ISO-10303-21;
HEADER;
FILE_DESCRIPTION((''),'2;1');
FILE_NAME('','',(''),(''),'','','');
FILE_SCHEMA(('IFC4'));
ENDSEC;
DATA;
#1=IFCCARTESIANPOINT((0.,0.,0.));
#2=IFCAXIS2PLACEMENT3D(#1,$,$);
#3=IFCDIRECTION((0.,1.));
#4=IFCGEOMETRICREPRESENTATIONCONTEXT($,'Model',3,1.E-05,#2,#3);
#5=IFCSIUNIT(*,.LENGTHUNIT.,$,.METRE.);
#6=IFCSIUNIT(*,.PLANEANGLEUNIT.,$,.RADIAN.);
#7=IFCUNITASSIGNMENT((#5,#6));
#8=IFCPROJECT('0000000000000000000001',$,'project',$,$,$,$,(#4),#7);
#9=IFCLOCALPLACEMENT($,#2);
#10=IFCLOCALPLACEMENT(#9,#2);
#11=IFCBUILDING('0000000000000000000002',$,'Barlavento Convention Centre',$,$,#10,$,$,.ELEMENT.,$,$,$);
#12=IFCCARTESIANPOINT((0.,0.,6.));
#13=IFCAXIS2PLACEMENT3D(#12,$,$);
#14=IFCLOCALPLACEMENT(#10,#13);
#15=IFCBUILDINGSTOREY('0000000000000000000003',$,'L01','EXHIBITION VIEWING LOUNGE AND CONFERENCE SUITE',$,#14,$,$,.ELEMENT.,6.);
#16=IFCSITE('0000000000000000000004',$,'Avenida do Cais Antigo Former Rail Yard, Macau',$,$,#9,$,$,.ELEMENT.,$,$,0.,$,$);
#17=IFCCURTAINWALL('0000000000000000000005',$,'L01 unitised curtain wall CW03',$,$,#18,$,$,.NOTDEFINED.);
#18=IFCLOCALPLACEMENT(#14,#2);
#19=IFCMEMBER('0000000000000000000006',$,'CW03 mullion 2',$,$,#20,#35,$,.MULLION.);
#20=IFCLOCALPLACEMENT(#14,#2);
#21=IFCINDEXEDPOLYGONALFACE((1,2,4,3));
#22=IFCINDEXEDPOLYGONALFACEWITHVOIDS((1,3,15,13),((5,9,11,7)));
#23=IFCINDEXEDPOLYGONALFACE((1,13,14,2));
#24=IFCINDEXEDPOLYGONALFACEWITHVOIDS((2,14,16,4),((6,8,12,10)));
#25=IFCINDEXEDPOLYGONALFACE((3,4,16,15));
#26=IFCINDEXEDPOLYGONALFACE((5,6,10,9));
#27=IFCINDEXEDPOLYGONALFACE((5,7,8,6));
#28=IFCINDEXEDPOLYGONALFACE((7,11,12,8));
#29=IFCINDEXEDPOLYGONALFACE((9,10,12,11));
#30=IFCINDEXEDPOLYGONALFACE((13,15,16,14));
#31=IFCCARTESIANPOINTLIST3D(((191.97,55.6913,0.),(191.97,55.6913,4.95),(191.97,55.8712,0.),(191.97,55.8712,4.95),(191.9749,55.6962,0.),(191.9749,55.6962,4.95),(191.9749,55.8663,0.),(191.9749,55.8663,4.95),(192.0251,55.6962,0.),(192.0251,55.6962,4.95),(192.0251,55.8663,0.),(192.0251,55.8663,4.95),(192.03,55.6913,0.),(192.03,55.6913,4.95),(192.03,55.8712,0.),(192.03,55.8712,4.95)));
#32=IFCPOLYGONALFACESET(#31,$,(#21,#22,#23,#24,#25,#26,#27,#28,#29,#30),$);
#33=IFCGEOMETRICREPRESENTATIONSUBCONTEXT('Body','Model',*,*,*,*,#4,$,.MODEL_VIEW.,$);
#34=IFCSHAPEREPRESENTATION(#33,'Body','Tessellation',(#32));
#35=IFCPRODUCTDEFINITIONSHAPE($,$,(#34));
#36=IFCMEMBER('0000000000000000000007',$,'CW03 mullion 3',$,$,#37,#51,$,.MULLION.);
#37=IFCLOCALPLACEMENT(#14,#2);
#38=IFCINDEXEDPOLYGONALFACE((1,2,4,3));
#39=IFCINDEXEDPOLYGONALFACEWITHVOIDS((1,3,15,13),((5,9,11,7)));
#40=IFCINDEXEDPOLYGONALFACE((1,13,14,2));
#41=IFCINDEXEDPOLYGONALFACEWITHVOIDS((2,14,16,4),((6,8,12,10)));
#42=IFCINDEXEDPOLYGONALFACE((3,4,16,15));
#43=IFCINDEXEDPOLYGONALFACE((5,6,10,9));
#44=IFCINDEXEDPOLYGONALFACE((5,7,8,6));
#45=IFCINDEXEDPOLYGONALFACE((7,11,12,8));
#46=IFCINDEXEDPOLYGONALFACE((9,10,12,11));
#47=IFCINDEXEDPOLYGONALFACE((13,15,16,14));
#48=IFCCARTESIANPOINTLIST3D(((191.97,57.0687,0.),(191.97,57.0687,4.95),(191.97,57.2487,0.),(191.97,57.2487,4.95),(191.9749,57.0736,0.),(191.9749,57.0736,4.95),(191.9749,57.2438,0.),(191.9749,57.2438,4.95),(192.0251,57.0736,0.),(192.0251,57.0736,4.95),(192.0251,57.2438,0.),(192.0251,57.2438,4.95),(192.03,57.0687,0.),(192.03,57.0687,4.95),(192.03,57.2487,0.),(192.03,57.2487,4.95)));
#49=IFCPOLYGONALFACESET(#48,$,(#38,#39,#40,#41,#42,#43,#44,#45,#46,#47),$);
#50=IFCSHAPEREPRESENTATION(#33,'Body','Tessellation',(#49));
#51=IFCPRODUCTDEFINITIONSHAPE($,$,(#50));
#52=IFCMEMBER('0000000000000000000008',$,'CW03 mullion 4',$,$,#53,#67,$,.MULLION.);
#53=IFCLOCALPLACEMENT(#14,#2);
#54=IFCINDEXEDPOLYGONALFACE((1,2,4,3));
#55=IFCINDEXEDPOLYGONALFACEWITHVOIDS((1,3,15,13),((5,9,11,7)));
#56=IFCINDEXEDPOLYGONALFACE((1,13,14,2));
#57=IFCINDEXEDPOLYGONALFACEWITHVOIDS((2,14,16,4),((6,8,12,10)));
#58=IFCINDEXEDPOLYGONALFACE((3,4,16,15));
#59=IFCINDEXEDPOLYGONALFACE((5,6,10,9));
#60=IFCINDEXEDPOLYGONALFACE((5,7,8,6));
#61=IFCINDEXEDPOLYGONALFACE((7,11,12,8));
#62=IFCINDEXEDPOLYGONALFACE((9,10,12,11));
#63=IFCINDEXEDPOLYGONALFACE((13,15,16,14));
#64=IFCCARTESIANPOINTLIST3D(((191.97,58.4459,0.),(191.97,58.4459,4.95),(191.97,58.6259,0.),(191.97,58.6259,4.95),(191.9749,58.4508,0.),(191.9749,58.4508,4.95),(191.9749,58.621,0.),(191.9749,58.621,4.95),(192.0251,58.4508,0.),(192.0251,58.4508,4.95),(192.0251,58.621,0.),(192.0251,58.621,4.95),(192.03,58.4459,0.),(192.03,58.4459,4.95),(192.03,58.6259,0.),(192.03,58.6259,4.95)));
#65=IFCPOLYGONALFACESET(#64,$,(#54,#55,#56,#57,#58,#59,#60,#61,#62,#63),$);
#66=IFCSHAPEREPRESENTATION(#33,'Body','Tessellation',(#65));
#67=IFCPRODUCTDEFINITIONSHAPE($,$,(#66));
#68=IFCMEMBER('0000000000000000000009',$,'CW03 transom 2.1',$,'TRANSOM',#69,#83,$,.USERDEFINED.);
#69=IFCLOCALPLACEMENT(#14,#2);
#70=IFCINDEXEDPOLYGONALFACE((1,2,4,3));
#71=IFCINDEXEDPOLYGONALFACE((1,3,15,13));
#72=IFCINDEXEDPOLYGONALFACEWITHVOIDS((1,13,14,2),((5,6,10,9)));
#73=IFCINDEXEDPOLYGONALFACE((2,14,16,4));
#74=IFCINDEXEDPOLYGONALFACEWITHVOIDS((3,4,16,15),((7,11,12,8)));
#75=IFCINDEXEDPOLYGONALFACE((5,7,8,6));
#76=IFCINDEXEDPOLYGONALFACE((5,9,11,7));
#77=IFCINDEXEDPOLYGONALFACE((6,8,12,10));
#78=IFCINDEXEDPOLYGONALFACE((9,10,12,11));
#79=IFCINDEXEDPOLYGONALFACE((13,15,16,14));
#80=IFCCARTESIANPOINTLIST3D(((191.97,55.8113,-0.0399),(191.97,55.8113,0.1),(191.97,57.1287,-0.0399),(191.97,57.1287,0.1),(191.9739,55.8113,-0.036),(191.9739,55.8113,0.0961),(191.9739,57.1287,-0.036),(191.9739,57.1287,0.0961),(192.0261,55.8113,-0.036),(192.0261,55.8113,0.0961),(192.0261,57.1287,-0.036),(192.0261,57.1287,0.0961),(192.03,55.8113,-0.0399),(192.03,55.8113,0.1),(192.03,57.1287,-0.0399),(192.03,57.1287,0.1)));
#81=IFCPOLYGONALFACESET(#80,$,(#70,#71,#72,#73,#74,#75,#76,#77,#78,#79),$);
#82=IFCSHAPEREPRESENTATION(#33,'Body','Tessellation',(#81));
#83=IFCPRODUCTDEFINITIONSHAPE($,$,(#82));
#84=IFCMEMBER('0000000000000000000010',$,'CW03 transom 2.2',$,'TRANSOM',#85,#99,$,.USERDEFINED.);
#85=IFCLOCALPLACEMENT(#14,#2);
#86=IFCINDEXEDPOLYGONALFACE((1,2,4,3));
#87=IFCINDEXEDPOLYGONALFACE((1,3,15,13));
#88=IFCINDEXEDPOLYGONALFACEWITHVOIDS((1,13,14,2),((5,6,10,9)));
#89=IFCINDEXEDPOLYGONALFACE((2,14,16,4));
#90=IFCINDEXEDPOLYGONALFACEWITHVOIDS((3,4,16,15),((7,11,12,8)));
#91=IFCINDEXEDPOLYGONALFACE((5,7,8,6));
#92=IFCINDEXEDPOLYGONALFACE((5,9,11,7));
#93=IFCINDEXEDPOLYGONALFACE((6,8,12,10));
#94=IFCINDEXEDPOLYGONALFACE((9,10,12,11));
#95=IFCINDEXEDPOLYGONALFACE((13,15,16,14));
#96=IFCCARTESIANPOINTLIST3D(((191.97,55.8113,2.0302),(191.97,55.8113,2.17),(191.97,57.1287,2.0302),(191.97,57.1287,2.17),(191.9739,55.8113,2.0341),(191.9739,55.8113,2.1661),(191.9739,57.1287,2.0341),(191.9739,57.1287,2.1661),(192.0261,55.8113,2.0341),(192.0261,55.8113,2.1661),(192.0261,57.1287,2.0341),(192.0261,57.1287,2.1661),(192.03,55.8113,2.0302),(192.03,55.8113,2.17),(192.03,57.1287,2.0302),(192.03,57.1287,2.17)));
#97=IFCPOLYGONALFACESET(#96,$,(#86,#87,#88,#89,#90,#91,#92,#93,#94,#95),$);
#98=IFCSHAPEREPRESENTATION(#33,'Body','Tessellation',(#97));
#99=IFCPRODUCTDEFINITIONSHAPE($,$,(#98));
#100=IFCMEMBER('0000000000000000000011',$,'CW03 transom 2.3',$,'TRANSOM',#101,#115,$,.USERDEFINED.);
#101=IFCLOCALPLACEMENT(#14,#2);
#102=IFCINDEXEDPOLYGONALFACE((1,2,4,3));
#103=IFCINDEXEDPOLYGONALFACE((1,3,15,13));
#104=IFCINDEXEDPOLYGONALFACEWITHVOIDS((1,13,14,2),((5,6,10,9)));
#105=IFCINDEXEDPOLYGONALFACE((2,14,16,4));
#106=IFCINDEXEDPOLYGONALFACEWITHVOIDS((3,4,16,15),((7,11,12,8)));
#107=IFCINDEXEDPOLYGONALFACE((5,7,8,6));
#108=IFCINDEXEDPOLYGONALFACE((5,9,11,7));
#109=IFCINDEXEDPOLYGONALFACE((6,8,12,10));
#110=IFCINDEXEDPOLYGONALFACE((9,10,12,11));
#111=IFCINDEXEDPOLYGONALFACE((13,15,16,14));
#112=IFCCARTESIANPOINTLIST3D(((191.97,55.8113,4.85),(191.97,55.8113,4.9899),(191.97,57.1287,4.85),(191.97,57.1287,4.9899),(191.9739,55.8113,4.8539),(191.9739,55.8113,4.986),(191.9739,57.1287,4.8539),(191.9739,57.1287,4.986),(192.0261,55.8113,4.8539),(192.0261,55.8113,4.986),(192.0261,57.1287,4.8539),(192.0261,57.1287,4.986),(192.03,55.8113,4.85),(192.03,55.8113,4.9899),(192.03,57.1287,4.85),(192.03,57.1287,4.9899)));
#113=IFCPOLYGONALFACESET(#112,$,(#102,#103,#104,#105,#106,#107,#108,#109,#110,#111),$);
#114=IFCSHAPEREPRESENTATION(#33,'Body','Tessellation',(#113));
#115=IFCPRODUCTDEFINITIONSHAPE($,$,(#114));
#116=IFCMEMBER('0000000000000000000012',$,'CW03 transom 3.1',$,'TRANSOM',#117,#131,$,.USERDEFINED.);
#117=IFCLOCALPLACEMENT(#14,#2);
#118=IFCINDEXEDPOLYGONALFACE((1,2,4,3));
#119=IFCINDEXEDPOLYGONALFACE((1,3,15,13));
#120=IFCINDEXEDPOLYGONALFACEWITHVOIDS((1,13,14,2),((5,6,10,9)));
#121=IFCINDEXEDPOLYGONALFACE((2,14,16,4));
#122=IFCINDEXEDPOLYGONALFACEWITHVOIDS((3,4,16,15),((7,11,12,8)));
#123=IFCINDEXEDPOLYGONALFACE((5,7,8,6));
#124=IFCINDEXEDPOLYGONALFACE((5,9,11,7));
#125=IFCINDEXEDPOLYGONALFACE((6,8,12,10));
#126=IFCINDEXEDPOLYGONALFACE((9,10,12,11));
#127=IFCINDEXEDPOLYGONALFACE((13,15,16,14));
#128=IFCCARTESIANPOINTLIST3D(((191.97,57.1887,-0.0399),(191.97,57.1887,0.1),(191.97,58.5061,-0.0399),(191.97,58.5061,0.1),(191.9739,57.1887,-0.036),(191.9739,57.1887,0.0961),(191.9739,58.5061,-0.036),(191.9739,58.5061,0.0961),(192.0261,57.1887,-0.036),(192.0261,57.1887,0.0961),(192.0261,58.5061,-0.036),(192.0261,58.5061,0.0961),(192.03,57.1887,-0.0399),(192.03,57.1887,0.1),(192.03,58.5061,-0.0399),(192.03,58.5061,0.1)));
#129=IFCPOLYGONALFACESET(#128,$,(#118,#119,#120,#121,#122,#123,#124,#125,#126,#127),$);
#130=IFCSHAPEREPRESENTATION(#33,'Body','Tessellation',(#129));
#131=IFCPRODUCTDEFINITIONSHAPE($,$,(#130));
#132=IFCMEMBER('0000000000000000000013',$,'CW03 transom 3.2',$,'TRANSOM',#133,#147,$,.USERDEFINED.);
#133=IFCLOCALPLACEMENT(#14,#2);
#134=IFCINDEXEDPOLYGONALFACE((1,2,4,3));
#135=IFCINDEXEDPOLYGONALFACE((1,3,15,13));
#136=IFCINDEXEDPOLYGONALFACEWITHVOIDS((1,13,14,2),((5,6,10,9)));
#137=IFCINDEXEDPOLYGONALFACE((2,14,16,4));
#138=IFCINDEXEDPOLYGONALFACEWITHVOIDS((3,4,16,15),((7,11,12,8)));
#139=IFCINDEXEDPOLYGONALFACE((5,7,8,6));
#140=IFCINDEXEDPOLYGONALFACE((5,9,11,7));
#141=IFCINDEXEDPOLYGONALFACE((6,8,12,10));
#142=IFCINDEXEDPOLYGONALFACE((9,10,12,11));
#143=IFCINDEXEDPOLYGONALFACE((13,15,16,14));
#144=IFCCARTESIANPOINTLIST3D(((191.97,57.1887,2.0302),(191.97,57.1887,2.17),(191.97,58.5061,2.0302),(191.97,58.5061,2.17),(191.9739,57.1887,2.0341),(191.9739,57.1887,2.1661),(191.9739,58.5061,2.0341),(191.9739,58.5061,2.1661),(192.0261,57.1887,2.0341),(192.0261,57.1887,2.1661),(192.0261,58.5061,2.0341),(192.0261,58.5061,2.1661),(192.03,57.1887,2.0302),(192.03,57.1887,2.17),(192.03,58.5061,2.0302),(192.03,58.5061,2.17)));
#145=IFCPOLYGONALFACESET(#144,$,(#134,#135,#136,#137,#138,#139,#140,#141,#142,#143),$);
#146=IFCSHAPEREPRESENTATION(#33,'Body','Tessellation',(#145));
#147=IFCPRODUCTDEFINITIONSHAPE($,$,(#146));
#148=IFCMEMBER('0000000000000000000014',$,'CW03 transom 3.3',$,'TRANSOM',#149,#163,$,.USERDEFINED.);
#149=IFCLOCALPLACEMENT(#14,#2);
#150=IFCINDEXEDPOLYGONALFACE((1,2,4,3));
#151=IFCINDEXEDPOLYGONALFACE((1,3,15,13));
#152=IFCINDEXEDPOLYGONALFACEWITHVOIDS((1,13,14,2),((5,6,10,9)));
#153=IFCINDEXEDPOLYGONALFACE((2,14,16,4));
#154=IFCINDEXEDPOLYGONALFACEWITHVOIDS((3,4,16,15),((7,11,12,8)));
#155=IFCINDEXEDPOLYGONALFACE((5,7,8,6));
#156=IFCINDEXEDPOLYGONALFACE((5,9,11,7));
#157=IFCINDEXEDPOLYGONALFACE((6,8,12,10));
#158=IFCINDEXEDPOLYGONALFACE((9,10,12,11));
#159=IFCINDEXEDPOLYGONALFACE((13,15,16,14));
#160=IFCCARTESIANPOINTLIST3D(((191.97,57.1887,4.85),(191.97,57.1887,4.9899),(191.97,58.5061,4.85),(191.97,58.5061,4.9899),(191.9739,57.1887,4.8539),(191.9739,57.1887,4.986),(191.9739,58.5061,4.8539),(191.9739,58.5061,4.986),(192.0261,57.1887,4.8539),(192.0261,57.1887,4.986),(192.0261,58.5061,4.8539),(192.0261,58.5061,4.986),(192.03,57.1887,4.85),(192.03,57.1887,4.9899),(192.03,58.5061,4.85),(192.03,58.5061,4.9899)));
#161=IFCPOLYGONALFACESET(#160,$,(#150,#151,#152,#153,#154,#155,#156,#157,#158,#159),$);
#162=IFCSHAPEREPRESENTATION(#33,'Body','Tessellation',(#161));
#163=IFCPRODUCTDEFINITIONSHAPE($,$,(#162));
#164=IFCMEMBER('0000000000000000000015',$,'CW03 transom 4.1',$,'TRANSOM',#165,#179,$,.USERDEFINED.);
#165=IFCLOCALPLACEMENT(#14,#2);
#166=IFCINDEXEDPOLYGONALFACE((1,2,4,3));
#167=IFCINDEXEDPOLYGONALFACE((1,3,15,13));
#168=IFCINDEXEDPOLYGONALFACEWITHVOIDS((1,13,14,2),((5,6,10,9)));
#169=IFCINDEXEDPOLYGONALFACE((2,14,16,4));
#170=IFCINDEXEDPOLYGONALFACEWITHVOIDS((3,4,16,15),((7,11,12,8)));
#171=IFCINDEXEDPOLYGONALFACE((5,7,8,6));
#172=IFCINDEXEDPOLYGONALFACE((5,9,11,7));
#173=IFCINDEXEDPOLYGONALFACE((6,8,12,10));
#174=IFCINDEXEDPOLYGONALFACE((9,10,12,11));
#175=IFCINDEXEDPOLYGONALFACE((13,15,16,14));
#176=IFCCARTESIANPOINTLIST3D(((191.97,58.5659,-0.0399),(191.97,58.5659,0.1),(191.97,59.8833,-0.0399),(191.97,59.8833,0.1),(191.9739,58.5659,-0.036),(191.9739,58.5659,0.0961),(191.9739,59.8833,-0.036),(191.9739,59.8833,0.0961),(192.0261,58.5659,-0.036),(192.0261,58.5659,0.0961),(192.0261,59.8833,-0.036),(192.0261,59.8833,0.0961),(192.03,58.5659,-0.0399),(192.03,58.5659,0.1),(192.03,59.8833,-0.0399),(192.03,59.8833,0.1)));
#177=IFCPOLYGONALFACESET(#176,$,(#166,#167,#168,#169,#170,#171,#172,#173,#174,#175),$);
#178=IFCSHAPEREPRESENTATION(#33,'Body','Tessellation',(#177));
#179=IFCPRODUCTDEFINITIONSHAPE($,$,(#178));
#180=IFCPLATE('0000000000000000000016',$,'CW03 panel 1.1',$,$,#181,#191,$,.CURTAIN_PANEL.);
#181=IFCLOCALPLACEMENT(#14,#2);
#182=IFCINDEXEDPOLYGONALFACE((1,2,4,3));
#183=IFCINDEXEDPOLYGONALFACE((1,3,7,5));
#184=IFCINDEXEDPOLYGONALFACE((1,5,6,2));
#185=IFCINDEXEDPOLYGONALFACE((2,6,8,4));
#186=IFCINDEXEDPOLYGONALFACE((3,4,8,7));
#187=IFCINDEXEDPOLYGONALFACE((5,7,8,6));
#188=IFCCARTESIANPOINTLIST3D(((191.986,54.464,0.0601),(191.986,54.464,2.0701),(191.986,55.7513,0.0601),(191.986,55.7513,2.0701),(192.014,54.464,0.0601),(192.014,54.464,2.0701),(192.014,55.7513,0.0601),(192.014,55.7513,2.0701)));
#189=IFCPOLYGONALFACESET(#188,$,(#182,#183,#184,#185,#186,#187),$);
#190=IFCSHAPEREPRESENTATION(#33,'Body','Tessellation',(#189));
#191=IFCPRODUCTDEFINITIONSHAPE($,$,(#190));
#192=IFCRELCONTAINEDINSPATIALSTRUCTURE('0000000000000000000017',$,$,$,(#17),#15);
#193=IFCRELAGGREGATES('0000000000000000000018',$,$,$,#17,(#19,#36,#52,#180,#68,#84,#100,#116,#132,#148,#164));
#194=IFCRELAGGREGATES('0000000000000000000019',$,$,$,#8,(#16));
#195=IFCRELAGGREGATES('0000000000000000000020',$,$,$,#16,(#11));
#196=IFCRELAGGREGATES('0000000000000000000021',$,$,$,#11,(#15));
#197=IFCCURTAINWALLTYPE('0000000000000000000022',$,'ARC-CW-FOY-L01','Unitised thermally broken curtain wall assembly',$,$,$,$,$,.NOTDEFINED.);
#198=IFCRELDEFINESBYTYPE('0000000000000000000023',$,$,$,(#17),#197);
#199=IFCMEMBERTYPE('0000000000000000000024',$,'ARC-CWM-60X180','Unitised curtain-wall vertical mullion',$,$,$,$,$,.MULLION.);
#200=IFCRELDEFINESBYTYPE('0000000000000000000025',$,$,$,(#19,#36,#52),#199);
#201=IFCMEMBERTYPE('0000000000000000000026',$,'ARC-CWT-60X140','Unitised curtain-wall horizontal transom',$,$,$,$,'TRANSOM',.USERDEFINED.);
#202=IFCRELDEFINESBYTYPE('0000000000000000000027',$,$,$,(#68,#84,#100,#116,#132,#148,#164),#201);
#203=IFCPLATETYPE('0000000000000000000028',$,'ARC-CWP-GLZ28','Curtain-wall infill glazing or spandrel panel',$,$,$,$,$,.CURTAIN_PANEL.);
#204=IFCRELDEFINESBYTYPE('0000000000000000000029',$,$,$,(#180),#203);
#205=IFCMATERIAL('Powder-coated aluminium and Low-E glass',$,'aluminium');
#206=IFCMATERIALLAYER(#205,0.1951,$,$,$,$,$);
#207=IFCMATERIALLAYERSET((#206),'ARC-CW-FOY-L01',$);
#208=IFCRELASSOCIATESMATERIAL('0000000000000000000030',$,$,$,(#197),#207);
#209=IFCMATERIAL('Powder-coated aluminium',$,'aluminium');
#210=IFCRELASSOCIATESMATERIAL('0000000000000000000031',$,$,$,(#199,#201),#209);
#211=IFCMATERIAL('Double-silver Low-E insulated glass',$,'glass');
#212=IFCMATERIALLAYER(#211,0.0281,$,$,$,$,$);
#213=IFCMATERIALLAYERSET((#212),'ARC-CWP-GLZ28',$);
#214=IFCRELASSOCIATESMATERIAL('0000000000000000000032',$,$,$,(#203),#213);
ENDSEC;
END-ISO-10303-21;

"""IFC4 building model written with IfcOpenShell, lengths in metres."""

from ifc_helpers import new_model, si_unit, direction, frame, origin, origin_2d, place, context, subcontext, project, spatial, rectangle, hollow_rectangle, extrude, material, layer, layer_set, material_profile, profile_set, type_object, element, aggregate, save


model = new_model("IFC4")

# Units and contexts
model_context = context("Model", 3, precision=1e-05, world=origin(), true_north=direction((0.0, 1.0)))
body_context = subcontext(model_context, "Body", "Model", "MODEL_VIEW")
ifc_project = project(units=[si_unit("LENGTHUNIT", "METRE"), si_unit("PLANEANGLEUNIT", "RADIAN")], contexts=[model_context])

# Site, building, storey
site_placement = place(None, origin())
site = spatial("IfcSite", under=ifc_project, at=site_placement, Name="Avenida do Cais Antigo Former Rail Yard, Macau", CompositionType="ELEMENT", RefElevation=0.0)
building_placement = place(site_placement, origin())
building = spatial("IfcBuilding", under=site, at=building_placement, Name="Barlavento Convention Centre", CompositionType="ELEMENT")
storey_placement = place(building_placement, frame((0.0, 0.0, 6.0)))
storey = spatial("IfcBuildingStorey", under=building, at=storey_placement, Name="L01", Description="EXHIBITION VIEWING LOUNGE AND CONFERENCE SUITE", CompositionType="ELEMENT", Elevation=6.0)

# Curtain wall, members, plate
ifc_material_1 = material(Name="Powder-coated aluminium and Low-E glass", Category="aluminium")
ifc_layer_1 = layer(ifc_material_1, 0.1951)
ifc_layer_set_1 = layer_set([ifc_layer_1], Name="ARC-CW-FOY-L01")
curtain_wall_type = type_object("IfcCurtainWallType", Name="ARC-CW-FOY-L01", Description="Unitised thermally broken curtain wall assembly", PredefinedType="NOTDEFINED", material=ifc_layer_set_1)
curtain_wall_placement = place(storey_placement, origin())
curtain_wall = element("IfcCurtainWall", 1, at=curtain_wall_placement, inside=storey, type_object=curtain_wall_type, Name="L01 unitised curtain wall CW03", PredefinedType="NOTDEFINED")
ifc_material_2 = material(Name="Powder-coated aluminium", Category="aluminium")
ifc_material_profile_1 = material_profile(ifc_material_2, hollow_rectangle(XDim=0.0601, YDim=0.1799, WallThickness=0.0049, at=origin_2d()), Name="AL-MULL 60x180x5")
ifc_profile_set_1 = profile_set([ifc_material_profile_1], Name="Powder-coated aluminium")
member_type_1 = type_object("IfcMemberType", Name="ARC-CWM-60X180", Description="Unitised curtain-wall vertical mullion", PredefinedType="MULLION", material=ifc_profile_set_1)
member_1_placement = place(storey_placement, frame((192.0, 55.7812, 0.0), z_axis=(0.0, 0.0, 1.0), x_axis=(-1.0, 0.0, 0.0)))
member_1 = element("IfcMember", 2, at=member_1_placement, type_object=member_type_1, Name="CW03 mullion 2", PredefinedType="MULLION", context=body_context, shape_type="SweptSolid", body=[
    extrude(hollow_rectangle(XDim=0.0601, YDim=0.1799, WallThickness=0.0049, at=origin_2d()), origin(), (0.0, 0.0, 1.0), 4.95),
])
member_2_placement = place(storey_placement, frame((192.0, 57.1587, 0.0), z_axis=(0.0, 0.0, 1.0), x_axis=(-1.0, 0.0, 0.0)))
member_2 = element("IfcMember", 3, at=member_2_placement, type_object=member_type_1, Name="CW03 mullion 3", PredefinedType="MULLION", context=body_context, shape_type="SweptSolid", body=[
    extrude(hollow_rectangle(XDim=0.0601, YDim=0.1799, WallThickness=0.0049, at=origin_2d()), origin(), (0.0, 0.0, 1.0), 4.95),
])
member_3_placement = place(storey_placement, frame((192.0, 58.5359, 0.0), z_axis=(0.0, 0.0, 1.0), x_axis=(-1.0, 0.0, 0.0)))
member_3 = element("IfcMember", 4, at=member_3_placement, type_object=member_type_1, Name="CW03 mullion 4", PredefinedType="MULLION", context=body_context, shape_type="SweptSolid", body=[
    extrude(hollow_rectangle(XDim=0.0601, YDim=0.1799, WallThickness=0.0049, at=origin_2d()), origin(), (0.0, 0.0, 1.0), 4.95),
])
ifc_material_profile_2 = material_profile(ifc_material_2, hollow_rectangle(XDim=0.0601, YDim=0.1399, WallThickness=0.0039, at=origin_2d()), Name="AL-TRAN 60x140x4")
ifc_profile_set_2 = profile_set([ifc_material_profile_2], Name="Powder-coated aluminium")
member_type_2 = type_object("IfcMemberType", Name="ARC-CWT-60X140", Description="Unitised curtain-wall horizontal transom", ElementType="TRANSOM", PredefinedType="USERDEFINED", material=ifc_profile_set_2)
member_4_placement = place(storey_placement, frame((192.0, 55.8113, 0.03), z_axis=(0.0, 1.0, 0.0), x_axis=(-1.0, 0.0, 0.0)))
member_4 = element("IfcMember", 5, at=member_4_placement, type_object=member_type_2, Name="CW03 transom 2.1", ObjectType="TRANSOM", PredefinedType="USERDEFINED", context=body_context, shape_type="SweptSolid", body=[
    extrude(hollow_rectangle(XDim=0.0601, YDim=0.1399, WallThickness=0.0039, at=origin_2d()), origin(), (0.0, 0.0, 1.0), 1.3174),
])
member_5_placement = place(storey_placement, frame((192.0, 55.8113, 2.1001), z_axis=(0.0, 1.0, 0.0), x_axis=(-1.0, 0.0, 0.0)))
member_5 = element("IfcMember", 6, at=member_5_placement, type_object=member_type_2, Name="CW03 transom 2.2", ObjectType="TRANSOM", PredefinedType="USERDEFINED", context=body_context, shape_type="SweptSolid", body=[
    extrude(hollow_rectangle(XDim=0.0601, YDim=0.1399, WallThickness=0.0039, at=origin_2d()), origin(), (0.0, 0.0, 1.0), 1.3174),
])
member_6_placement = place(storey_placement, frame((192.0, 55.8113, 4.9199), z_axis=(0.0, 1.0, 0.0), x_axis=(-1.0, 0.0, 0.0)))
member_6 = element("IfcMember", 7, at=member_6_placement, type_object=member_type_2, Name="CW03 transom 2.3", ObjectType="TRANSOM", PredefinedType="USERDEFINED", context=body_context, shape_type="SweptSolid", body=[
    extrude(hollow_rectangle(XDim=0.0601, YDim=0.1399, WallThickness=0.0039, at=origin_2d()), origin(), (0.0, 0.0, 1.0), 1.3174),
])
member_7_placement = place(storey_placement, frame((192.0, 57.1887, 0.03), z_axis=(0.0, 1.0, 0.0), x_axis=(-1.0, 0.0, 0.0)))
member_7 = element("IfcMember", 8, at=member_7_placement, type_object=member_type_2, Name="CW03 transom 3.1", ObjectType="TRANSOM", PredefinedType="USERDEFINED", context=body_context, shape_type="SweptSolid", body=[
    extrude(hollow_rectangle(XDim=0.0601, YDim=0.1399, WallThickness=0.0039, at=origin_2d()), origin(), (0.0, 0.0, 1.0), 1.3174),
])
member_8_placement = place(storey_placement, frame((192.0, 57.1887, 2.1001), z_axis=(0.0, 1.0, 0.0), x_axis=(-1.0, 0.0, 0.0)))
member_8 = element("IfcMember", 9, at=member_8_placement, type_object=member_type_2, Name="CW03 transom 3.2", ObjectType="TRANSOM", PredefinedType="USERDEFINED", context=body_context, shape_type="SweptSolid", body=[
    extrude(hollow_rectangle(XDim=0.0601, YDim=0.1399, WallThickness=0.0039, at=origin_2d()), origin(), (0.0, 0.0, 1.0), 1.3174),
])
member_9_placement = place(storey_placement, frame((192.0, 57.1887, 4.9199), z_axis=(0.0, 1.0, 0.0), x_axis=(-1.0, 0.0, 0.0)))
member_9 = element("IfcMember", 10, at=member_9_placement, type_object=member_type_2, Name="CW03 transom 3.3", ObjectType="TRANSOM", PredefinedType="USERDEFINED", context=body_context, shape_type="SweptSolid", body=[
    extrude(hollow_rectangle(XDim=0.0601, YDim=0.1399, WallThickness=0.0039, at=origin_2d()), origin(), (0.0, 0.0, 1.0), 1.3174),
])
member_10_placement = place(storey_placement, frame((192.0, 58.5659, 0.03), z_axis=(0.0, 1.0, 0.0), x_axis=(-1.0, 0.0, 0.0)))
member_10 = element("IfcMember", 11, at=member_10_placement, type_object=member_type_2, Name="CW03 transom 4.1", ObjectType="TRANSOM", PredefinedType="USERDEFINED", context=body_context, shape_type="SweptSolid", body=[
    extrude(hollow_rectangle(XDim=0.0601, YDim=0.1399, WallThickness=0.0039, at=origin_2d()), origin(), (0.0, 0.0, 1.0), 1.3174),
])
ifc_material_3 = material(Name="Double-silver Low-E insulated glass", Category="glass")
ifc_layer_2 = layer(ifc_material_3, 0.0281)
ifc_layer_set_2 = layer_set([ifc_layer_2], Name="ARC-CWP-GLZ28")
plate_type = type_object("IfcPlateType", Name="ARC-CWP-GLZ28", Description="Curtain-wall infill glazing or spandrel panel", PredefinedType="CURTAIN_PANEL", material=ifc_layer_set_2)
plate_1_placement = place(storey_placement, frame((192.0, 55.1077, 0.0601), z_axis=(0.0, 0.0, 1.0), x_axis=(0.0, 1.0, 0.0)))
plate_1 = element("IfcPlate", 12, at=plate_1_placement, type_object=plate_type, Name="CW03 panel 1.1", PredefinedType="CURTAIN_PANEL", context=body_context, shape_type="SweptSolid", body=[
    extrude(rectangle(XDim=1.2874, YDim=0.0281, at=origin_2d()), origin(), (0.0, 0.0, 1.0), 2.01),
])
aggregate(curtain_wall, [member_1, member_2, member_3, plate_1, member_4, member_5, member_6, member_7, member_8, member_9, member_10])

save(model, "model.ifc")
